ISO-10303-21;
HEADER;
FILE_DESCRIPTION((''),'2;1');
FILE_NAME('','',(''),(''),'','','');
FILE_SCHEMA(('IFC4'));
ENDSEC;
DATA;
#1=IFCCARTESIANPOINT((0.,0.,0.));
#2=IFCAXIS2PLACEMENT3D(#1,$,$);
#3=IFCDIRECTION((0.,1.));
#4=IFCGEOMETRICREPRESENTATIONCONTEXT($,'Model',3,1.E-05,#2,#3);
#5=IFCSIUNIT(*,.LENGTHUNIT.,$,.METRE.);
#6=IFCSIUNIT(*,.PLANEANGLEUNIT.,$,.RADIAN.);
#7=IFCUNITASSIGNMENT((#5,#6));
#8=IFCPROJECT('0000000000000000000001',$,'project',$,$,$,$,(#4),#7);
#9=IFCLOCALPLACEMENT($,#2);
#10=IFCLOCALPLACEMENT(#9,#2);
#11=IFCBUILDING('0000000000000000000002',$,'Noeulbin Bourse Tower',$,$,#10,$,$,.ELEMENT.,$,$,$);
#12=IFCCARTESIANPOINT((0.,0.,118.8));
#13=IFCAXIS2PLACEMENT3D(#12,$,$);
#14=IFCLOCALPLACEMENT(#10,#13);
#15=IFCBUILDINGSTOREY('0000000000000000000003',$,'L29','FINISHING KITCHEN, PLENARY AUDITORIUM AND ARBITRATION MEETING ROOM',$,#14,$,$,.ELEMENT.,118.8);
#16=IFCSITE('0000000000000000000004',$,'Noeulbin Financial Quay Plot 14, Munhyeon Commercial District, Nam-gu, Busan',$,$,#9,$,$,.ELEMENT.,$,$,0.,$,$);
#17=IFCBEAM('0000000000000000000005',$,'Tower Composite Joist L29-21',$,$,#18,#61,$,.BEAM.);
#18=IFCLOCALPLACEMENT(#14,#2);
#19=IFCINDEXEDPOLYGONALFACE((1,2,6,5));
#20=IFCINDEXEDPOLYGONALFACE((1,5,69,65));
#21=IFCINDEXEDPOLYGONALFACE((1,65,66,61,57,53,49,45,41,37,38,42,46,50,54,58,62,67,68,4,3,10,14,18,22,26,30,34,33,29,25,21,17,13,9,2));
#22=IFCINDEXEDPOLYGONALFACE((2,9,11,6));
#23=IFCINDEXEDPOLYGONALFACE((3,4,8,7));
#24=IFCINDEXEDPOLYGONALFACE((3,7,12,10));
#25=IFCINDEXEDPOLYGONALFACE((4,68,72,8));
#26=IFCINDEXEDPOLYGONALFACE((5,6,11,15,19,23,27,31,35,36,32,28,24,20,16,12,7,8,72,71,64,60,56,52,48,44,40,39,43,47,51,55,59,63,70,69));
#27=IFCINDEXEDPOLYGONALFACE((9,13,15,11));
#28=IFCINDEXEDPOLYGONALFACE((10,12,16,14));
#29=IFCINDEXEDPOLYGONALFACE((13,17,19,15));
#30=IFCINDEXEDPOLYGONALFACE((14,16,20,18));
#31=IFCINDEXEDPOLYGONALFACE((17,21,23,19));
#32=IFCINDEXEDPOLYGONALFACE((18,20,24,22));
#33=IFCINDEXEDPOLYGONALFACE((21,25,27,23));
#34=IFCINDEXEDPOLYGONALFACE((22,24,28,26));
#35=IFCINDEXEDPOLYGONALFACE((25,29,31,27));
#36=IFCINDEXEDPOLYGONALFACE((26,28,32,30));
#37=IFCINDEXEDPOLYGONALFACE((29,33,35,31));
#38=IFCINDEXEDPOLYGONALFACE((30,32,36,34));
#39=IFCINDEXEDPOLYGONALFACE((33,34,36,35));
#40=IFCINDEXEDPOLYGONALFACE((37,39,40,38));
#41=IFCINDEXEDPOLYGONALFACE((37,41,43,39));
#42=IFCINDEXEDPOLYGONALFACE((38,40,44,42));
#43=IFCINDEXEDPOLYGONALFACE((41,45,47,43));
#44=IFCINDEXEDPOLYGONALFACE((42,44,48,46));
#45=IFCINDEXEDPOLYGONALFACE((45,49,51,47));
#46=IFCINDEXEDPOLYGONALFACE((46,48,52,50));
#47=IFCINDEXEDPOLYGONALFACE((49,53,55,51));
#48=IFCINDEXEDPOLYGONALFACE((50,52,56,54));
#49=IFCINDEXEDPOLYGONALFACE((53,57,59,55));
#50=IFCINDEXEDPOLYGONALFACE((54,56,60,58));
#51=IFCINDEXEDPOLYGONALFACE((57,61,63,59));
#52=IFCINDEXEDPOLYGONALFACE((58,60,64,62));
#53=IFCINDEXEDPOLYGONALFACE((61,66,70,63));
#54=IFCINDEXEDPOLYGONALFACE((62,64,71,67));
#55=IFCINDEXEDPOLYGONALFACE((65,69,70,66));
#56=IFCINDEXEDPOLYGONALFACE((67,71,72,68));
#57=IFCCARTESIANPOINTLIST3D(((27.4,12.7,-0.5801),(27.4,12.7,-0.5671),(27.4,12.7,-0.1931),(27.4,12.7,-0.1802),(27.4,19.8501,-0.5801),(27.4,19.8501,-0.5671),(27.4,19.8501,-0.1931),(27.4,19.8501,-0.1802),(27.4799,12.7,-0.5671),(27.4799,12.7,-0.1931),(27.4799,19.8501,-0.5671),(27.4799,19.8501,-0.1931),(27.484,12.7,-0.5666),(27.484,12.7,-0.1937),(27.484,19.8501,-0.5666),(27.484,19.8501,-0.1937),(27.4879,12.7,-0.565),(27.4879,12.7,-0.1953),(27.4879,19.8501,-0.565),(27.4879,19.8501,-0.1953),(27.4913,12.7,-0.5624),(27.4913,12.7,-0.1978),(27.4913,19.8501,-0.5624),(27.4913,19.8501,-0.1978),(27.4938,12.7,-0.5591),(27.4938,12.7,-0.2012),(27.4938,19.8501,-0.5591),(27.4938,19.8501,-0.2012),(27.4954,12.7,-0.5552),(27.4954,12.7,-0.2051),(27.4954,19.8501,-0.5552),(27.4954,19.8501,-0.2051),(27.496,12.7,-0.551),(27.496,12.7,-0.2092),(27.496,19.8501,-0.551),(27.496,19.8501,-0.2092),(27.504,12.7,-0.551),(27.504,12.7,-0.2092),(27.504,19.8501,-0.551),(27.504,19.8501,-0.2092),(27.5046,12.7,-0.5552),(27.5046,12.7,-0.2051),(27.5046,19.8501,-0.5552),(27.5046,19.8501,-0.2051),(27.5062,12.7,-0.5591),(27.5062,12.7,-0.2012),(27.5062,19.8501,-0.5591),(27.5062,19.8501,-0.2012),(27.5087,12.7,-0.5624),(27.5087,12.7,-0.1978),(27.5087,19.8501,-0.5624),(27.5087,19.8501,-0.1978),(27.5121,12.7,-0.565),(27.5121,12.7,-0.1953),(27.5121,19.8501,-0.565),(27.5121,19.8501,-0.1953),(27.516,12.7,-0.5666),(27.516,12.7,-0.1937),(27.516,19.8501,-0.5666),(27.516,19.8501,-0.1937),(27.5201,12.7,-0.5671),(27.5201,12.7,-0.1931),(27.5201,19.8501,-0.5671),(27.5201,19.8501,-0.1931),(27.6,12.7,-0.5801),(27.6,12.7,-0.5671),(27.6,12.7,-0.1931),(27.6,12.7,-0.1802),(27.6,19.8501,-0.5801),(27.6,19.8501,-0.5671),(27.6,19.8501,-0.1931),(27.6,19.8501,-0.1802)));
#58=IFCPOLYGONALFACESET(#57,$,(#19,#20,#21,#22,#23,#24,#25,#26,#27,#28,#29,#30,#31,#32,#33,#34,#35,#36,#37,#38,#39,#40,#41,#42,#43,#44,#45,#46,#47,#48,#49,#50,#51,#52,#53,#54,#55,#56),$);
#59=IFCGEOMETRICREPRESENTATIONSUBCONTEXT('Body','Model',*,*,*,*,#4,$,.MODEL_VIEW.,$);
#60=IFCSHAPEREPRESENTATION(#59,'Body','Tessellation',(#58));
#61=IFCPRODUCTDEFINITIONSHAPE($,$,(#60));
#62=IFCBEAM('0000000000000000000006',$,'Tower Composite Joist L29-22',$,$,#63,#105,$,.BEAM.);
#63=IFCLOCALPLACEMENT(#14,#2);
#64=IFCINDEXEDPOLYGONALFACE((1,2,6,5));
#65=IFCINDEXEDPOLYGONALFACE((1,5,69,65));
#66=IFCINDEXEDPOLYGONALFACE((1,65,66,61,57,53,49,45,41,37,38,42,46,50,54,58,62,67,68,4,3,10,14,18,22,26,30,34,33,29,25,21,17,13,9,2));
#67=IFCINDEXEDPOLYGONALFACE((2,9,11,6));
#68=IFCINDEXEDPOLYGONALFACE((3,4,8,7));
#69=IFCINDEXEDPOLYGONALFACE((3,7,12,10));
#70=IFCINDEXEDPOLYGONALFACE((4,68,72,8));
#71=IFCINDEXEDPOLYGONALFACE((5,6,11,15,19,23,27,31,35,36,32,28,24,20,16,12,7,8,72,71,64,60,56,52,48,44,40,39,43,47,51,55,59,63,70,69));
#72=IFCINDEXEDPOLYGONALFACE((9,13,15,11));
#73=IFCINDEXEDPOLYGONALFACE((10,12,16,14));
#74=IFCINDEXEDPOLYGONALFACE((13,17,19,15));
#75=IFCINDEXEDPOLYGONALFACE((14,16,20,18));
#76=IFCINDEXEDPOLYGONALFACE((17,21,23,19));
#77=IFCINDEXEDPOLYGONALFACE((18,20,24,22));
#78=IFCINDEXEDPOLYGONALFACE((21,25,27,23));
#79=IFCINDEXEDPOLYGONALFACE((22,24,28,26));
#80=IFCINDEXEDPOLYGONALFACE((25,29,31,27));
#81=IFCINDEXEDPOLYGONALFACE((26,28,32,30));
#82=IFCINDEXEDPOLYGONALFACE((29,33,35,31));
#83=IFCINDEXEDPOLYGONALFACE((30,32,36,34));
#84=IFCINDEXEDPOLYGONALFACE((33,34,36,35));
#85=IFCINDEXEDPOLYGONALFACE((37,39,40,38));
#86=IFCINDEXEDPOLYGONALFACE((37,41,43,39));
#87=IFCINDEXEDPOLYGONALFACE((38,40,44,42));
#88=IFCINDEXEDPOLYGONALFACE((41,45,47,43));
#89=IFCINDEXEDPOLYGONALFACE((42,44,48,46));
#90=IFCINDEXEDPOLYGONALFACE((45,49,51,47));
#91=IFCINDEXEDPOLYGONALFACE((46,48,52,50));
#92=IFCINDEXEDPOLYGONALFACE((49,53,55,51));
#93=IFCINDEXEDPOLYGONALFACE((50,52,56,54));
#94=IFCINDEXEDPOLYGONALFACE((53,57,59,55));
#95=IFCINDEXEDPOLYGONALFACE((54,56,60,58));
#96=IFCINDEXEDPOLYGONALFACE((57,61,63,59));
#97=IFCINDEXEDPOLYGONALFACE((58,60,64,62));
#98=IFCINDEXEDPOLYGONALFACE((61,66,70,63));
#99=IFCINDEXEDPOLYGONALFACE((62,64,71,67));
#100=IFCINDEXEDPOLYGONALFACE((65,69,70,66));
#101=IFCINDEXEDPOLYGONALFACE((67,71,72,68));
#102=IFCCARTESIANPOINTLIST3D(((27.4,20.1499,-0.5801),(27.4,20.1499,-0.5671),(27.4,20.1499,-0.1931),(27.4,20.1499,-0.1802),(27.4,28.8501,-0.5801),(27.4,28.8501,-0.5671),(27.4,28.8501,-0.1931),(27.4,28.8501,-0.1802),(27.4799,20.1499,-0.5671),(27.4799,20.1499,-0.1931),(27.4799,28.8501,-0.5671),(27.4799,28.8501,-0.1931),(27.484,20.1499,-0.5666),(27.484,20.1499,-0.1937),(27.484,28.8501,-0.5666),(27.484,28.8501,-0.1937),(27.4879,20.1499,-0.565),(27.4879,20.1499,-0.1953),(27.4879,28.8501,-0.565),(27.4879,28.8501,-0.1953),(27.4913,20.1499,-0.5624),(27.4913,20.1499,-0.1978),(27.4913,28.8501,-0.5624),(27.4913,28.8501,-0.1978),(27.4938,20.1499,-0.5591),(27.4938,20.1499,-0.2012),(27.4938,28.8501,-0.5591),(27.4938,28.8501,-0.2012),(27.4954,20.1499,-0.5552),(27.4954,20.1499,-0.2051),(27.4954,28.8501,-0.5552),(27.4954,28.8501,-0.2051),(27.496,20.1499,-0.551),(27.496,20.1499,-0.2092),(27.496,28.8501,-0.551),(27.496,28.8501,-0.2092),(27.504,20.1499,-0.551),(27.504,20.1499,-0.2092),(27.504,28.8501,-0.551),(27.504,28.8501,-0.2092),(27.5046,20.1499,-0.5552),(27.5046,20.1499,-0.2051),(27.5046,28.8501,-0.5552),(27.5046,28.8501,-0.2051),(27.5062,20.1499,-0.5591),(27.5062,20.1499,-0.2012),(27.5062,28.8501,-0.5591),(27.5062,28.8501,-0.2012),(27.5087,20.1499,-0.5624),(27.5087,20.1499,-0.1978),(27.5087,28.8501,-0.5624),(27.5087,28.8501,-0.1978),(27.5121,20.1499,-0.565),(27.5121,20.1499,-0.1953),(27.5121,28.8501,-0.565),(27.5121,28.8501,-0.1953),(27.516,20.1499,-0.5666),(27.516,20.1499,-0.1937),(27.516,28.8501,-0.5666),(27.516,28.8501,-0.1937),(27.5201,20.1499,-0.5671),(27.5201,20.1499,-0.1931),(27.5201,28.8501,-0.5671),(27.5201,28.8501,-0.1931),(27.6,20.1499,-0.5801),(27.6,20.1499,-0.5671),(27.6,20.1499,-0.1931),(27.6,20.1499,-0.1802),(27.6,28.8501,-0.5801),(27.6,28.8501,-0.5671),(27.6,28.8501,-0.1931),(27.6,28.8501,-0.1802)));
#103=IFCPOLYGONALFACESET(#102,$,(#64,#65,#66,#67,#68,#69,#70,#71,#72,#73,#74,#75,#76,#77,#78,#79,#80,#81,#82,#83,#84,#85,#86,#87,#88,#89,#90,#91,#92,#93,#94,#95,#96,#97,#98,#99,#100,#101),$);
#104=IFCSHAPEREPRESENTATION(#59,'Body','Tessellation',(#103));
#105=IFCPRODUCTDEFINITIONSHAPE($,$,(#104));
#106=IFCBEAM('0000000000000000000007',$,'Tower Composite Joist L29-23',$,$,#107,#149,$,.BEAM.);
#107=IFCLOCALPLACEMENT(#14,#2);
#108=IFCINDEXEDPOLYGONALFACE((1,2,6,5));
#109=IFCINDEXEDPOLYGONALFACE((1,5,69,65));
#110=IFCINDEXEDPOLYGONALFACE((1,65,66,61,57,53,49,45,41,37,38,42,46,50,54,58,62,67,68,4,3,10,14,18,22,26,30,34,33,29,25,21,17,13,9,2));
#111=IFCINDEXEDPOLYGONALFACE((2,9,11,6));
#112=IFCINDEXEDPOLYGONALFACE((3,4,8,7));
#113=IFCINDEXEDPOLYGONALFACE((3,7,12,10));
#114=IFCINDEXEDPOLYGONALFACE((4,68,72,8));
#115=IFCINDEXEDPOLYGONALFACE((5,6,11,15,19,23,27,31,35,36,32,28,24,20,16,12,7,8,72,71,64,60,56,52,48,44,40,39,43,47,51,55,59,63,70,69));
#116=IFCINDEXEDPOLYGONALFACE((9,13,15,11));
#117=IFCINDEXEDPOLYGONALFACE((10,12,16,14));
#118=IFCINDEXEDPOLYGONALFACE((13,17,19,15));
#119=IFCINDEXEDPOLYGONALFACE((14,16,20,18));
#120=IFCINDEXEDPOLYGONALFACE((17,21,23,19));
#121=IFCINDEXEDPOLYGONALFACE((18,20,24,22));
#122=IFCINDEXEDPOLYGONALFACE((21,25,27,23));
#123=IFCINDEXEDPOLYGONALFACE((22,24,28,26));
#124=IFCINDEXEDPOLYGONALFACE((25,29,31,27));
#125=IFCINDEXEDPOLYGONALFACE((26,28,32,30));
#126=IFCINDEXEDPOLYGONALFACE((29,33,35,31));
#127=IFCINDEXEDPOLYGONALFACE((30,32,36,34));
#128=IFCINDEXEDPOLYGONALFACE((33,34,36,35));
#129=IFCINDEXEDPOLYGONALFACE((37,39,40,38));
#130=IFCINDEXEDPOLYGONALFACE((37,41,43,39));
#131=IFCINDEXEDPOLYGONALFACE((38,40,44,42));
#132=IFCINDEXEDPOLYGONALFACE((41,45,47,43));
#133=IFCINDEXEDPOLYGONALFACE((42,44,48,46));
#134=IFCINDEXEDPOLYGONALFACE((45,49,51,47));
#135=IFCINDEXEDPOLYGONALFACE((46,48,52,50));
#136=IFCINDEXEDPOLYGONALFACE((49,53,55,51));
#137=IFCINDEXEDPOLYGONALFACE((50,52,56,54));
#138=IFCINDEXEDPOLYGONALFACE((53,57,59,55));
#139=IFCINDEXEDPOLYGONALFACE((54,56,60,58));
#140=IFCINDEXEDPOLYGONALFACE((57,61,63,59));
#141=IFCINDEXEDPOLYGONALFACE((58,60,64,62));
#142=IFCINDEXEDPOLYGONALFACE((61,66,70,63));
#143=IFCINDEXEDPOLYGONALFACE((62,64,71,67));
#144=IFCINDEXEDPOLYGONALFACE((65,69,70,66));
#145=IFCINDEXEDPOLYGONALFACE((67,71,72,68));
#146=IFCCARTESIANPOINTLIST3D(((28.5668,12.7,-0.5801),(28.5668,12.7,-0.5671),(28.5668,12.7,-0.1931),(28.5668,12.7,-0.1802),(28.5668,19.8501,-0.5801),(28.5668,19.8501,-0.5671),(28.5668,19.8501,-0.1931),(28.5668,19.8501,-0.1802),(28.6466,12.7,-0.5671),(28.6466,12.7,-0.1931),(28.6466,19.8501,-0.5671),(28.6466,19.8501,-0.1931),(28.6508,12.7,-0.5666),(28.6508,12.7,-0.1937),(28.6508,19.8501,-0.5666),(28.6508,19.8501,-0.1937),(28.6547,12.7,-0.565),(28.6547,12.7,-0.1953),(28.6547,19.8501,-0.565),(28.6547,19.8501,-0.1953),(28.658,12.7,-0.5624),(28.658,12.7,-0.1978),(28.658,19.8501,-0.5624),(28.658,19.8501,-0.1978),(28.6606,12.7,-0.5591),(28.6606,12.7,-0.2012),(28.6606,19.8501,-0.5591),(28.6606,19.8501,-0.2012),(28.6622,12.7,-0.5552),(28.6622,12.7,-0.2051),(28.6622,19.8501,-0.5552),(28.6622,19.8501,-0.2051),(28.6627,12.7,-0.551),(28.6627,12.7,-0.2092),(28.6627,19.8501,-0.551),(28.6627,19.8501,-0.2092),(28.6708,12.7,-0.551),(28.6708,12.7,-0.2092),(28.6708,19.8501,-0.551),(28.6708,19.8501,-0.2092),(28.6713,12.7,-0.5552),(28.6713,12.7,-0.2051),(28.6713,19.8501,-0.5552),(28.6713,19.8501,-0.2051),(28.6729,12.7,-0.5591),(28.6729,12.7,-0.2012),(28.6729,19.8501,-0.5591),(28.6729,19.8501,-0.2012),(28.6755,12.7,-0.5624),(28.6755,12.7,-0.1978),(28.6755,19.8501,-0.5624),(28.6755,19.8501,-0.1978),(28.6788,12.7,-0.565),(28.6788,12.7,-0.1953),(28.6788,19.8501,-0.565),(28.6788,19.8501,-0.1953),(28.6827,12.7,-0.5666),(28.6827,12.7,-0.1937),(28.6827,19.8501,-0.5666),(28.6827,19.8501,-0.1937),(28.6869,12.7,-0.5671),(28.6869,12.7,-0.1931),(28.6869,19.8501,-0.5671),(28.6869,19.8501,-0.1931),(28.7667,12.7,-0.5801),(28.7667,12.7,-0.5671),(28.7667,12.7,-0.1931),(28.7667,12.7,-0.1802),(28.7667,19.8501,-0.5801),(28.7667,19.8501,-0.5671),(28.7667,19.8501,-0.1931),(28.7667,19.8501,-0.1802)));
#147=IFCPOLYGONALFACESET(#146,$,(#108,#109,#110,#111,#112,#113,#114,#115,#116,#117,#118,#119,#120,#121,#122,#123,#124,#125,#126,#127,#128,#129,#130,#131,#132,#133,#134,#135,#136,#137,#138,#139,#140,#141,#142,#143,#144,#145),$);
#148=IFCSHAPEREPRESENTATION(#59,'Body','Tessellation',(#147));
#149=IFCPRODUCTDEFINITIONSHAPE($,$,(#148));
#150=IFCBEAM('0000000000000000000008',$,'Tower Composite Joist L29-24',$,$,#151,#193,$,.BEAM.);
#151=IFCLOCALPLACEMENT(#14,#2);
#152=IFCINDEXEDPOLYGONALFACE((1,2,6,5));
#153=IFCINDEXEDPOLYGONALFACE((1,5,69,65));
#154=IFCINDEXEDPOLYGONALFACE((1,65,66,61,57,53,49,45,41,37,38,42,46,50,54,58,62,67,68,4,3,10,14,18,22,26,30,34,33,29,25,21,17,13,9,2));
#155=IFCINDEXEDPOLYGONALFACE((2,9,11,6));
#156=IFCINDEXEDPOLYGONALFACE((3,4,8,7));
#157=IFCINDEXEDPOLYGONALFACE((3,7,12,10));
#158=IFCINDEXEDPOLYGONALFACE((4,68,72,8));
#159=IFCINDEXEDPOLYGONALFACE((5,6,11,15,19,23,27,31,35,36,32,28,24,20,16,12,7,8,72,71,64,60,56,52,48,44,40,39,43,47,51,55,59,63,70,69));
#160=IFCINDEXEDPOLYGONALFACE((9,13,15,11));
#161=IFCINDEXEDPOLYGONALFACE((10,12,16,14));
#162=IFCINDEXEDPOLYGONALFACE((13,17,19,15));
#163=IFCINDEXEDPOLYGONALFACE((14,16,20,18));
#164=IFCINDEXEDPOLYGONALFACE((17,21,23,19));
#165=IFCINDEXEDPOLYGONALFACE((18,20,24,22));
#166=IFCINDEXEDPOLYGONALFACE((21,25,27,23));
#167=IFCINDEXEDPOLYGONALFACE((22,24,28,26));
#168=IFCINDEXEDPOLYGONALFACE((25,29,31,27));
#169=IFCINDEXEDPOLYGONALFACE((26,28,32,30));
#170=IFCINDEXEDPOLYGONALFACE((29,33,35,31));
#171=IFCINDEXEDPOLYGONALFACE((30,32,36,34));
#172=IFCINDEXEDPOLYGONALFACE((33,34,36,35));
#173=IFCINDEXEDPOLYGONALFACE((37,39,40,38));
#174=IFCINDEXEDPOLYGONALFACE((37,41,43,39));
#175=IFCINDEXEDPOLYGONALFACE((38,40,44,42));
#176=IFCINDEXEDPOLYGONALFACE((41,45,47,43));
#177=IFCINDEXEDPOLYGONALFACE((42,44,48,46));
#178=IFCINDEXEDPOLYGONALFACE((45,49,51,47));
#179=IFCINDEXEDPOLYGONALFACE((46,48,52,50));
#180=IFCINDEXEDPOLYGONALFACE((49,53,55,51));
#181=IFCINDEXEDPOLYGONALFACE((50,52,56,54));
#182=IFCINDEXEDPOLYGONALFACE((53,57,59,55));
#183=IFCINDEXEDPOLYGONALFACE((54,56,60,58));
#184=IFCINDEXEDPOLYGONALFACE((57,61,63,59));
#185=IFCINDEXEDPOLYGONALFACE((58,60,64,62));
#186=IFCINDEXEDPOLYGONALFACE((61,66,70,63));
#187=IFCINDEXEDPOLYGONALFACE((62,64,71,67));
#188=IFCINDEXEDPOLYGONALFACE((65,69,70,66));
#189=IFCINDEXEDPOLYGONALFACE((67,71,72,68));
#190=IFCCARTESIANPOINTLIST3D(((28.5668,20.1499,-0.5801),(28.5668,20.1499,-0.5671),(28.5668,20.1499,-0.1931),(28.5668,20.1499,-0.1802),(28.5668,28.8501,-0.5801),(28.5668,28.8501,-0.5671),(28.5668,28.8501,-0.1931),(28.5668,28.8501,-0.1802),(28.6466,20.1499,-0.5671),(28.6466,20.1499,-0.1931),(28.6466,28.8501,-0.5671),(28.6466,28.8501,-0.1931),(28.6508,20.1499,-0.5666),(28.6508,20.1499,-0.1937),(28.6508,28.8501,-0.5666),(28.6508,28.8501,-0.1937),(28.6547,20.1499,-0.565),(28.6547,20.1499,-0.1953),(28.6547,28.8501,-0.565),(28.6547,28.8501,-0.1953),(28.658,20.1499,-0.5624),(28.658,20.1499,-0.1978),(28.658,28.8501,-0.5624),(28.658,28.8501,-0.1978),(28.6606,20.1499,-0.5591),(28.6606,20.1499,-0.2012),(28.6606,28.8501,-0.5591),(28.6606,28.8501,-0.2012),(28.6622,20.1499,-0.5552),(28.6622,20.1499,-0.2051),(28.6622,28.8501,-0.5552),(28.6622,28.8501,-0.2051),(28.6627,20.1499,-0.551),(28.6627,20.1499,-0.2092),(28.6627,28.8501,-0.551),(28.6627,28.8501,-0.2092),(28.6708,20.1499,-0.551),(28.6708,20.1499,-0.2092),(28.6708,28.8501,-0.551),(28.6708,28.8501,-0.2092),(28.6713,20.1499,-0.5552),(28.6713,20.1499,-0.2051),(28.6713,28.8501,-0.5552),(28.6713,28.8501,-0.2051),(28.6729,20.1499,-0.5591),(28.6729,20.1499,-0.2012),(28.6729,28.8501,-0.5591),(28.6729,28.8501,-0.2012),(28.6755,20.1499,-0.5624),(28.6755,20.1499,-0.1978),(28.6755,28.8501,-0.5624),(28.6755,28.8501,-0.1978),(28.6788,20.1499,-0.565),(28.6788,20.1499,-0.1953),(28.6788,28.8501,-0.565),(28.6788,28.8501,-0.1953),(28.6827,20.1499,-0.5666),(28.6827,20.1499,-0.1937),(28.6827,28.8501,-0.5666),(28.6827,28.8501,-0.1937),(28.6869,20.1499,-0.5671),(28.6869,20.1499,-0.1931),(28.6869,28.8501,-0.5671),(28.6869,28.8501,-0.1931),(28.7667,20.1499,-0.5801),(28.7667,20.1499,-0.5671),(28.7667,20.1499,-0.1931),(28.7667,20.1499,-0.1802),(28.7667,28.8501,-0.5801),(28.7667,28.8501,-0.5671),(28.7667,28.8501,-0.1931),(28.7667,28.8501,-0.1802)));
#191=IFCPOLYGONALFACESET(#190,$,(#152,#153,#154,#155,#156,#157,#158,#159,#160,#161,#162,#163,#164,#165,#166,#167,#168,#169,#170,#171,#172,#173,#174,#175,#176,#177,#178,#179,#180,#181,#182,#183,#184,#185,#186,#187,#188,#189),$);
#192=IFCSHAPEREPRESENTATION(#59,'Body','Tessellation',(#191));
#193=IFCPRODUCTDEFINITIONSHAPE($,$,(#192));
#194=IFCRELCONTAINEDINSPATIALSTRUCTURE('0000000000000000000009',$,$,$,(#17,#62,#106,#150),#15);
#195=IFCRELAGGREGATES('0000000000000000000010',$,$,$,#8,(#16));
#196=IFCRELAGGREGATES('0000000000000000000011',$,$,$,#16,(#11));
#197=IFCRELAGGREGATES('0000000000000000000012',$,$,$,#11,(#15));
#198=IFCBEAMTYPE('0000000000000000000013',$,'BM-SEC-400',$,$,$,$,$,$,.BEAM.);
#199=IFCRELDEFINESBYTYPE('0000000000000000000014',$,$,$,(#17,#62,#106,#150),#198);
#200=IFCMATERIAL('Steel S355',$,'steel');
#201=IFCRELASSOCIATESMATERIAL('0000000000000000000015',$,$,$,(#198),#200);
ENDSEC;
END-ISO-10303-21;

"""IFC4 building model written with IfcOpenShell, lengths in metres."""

from ifc_helpers import new_model, si_unit, direction, frame, origin, origin_2d, place, context, subcontext, project, spatial, i_section, extrude, material, material_profile, profile_set, type_object, element, save


model = new_model("IFC4")

# Units and contexts
model_context = context("Model", 3, precision=1e-05, world=origin(), true_north=direction((0.0, 1.0)))
body_context = subcontext(model_context, "Body", "Model", "MODEL_VIEW")
ifc_project = project(units=[si_unit("LENGTHUNIT", "METRE"), si_unit("PLANEANGLEUNIT", "RADIAN")], contexts=[model_context])

# Site, building, storey
site_placement = place(None, origin())
site = spatial("IfcSite", under=ifc_project, at=site_placement, Name="Noeulbin Financial Quay Plot 14, Munhyeon Commercial District, Nam-gu, Busan", CompositionType="ELEMENT", RefElevation=0.0)
building_placement = place(site_placement, origin())
building = spatial("IfcBuilding", under=site, at=building_placement, Name="Noeulbin Bourse Tower", CompositionType="ELEMENT")
storey_placement = place(building_placement, frame((0.0, 0.0, 118.8)))
storey = spatial("IfcBuildingStorey", under=building, at=storey_placement, Name="L29", Description="FINISHING KITCHEN, PLENARY AUDITORIUM AND ARBITRATION MEETING ROOM", CompositionType="ELEMENT", Elevation=118.8)

# Shared definitions
ifc_material_1 = material(Name="Steel S355", Category="steel")

# Beams
ifc_material_profile_1 = material_profile(ifc_material_1, i_section(OverallWidth=0.2, OverallDepth=0.3999, WebThickness=0.0081, FlangeThickness=0.0129, FilletRadius=0.0161, at=origin_2d()), Name="H-400x200x8x13", Category="LoadBearing")
ifc_profile_set_1 = profile_set([ifc_material_profile_1], Name="Steel S355")
beam_type_1 = type_object("IfcBeamType", Name="BM-SEC-400", PredefinedType="BEAM", material=ifc_profile_set_1)
beam_1_placement = place(storey_placement, frame((27.5, 12.7, -0.3801), z_axis=(0.0, 1.0, 0.0), x_axis=(-1.0, 0.0, 0.0)))
element("IfcBeam", 1, at=beam_1_placement, inside=storey, type_object=beam_type_1, Name="Tower Composite Joist L29-21", PredefinedType="BEAM", context=body_context, shape_type="SweptSolid", body=[
    extrude(i_section(OverallWidth=0.2, OverallDepth=0.3999, WebThickness=0.0081, FlangeThickness=0.0129, FilletRadius=0.0161, at=origin_2d()), origin(), (0.0, 0.0, 1.0), 7.1501),
])
beam_2_placement = place(storey_placement, frame((27.5, 20.1499, -0.3801), z_axis=(0.0, 1.0, 0.0), x_axis=(-1.0, 0.0, 0.0)))
element("IfcBeam", 2, at=beam_2_placement, inside=storey, type_object=beam_type_1, Name="Tower Composite Joist L29-22", PredefinedType="BEAM", context=body_context, shape_type="SweptSolid", body=[
    extrude(i_section(OverallWidth=0.2, OverallDepth=0.3999, WebThickness=0.0081, FlangeThickness=0.0129, FilletRadius=0.0161, at=origin_2d()), origin(), (0.0, 0.0, 1.0), 8.7002),
])
beam_3_placement = place(storey_placement, frame((28.6667, 12.7, -0.3801), z_axis=(0.0, 1.0, 0.0), x_axis=(-1.0, 0.0, 0.0)))
element("IfcBeam", 3, at=beam_3_placement, inside=storey, type_object=beam_type_1, Name="Tower Composite Joist L29-23", PredefinedType="BEAM", context=body_context, shape_type="SweptSolid", body=[
    extrude(i_section(OverallWidth=0.2, OverallDepth=0.3999, WebThickness=0.0081, FlangeThickness=0.0129, FilletRadius=0.0161, at=origin_2d()), origin(), (0.0, 0.0, 1.0), 7.1501),
])
beam_4_placement = place(storey_placement, frame((28.6667, 20.1499, -0.3801), z_axis=(0.0, 1.0, 0.0), x_axis=(-1.0, 0.0, 0.0)))
element("IfcBeam", 4, at=beam_4_placement, inside=storey, type_object=beam_type_1, Name="Tower Composite Joist L29-24", PredefinedType="BEAM", context=body_context, shape_type="SweptSolid", body=[
    extrude(i_section(OverallWidth=0.2, OverallDepth=0.3999, WebThickness=0.0081, FlangeThickness=0.0129, FilletRadius=0.0161, at=origin_2d()), origin(), (0.0, 0.0, 1.0), 8.7002),
])

save(model, "model.ifc")
